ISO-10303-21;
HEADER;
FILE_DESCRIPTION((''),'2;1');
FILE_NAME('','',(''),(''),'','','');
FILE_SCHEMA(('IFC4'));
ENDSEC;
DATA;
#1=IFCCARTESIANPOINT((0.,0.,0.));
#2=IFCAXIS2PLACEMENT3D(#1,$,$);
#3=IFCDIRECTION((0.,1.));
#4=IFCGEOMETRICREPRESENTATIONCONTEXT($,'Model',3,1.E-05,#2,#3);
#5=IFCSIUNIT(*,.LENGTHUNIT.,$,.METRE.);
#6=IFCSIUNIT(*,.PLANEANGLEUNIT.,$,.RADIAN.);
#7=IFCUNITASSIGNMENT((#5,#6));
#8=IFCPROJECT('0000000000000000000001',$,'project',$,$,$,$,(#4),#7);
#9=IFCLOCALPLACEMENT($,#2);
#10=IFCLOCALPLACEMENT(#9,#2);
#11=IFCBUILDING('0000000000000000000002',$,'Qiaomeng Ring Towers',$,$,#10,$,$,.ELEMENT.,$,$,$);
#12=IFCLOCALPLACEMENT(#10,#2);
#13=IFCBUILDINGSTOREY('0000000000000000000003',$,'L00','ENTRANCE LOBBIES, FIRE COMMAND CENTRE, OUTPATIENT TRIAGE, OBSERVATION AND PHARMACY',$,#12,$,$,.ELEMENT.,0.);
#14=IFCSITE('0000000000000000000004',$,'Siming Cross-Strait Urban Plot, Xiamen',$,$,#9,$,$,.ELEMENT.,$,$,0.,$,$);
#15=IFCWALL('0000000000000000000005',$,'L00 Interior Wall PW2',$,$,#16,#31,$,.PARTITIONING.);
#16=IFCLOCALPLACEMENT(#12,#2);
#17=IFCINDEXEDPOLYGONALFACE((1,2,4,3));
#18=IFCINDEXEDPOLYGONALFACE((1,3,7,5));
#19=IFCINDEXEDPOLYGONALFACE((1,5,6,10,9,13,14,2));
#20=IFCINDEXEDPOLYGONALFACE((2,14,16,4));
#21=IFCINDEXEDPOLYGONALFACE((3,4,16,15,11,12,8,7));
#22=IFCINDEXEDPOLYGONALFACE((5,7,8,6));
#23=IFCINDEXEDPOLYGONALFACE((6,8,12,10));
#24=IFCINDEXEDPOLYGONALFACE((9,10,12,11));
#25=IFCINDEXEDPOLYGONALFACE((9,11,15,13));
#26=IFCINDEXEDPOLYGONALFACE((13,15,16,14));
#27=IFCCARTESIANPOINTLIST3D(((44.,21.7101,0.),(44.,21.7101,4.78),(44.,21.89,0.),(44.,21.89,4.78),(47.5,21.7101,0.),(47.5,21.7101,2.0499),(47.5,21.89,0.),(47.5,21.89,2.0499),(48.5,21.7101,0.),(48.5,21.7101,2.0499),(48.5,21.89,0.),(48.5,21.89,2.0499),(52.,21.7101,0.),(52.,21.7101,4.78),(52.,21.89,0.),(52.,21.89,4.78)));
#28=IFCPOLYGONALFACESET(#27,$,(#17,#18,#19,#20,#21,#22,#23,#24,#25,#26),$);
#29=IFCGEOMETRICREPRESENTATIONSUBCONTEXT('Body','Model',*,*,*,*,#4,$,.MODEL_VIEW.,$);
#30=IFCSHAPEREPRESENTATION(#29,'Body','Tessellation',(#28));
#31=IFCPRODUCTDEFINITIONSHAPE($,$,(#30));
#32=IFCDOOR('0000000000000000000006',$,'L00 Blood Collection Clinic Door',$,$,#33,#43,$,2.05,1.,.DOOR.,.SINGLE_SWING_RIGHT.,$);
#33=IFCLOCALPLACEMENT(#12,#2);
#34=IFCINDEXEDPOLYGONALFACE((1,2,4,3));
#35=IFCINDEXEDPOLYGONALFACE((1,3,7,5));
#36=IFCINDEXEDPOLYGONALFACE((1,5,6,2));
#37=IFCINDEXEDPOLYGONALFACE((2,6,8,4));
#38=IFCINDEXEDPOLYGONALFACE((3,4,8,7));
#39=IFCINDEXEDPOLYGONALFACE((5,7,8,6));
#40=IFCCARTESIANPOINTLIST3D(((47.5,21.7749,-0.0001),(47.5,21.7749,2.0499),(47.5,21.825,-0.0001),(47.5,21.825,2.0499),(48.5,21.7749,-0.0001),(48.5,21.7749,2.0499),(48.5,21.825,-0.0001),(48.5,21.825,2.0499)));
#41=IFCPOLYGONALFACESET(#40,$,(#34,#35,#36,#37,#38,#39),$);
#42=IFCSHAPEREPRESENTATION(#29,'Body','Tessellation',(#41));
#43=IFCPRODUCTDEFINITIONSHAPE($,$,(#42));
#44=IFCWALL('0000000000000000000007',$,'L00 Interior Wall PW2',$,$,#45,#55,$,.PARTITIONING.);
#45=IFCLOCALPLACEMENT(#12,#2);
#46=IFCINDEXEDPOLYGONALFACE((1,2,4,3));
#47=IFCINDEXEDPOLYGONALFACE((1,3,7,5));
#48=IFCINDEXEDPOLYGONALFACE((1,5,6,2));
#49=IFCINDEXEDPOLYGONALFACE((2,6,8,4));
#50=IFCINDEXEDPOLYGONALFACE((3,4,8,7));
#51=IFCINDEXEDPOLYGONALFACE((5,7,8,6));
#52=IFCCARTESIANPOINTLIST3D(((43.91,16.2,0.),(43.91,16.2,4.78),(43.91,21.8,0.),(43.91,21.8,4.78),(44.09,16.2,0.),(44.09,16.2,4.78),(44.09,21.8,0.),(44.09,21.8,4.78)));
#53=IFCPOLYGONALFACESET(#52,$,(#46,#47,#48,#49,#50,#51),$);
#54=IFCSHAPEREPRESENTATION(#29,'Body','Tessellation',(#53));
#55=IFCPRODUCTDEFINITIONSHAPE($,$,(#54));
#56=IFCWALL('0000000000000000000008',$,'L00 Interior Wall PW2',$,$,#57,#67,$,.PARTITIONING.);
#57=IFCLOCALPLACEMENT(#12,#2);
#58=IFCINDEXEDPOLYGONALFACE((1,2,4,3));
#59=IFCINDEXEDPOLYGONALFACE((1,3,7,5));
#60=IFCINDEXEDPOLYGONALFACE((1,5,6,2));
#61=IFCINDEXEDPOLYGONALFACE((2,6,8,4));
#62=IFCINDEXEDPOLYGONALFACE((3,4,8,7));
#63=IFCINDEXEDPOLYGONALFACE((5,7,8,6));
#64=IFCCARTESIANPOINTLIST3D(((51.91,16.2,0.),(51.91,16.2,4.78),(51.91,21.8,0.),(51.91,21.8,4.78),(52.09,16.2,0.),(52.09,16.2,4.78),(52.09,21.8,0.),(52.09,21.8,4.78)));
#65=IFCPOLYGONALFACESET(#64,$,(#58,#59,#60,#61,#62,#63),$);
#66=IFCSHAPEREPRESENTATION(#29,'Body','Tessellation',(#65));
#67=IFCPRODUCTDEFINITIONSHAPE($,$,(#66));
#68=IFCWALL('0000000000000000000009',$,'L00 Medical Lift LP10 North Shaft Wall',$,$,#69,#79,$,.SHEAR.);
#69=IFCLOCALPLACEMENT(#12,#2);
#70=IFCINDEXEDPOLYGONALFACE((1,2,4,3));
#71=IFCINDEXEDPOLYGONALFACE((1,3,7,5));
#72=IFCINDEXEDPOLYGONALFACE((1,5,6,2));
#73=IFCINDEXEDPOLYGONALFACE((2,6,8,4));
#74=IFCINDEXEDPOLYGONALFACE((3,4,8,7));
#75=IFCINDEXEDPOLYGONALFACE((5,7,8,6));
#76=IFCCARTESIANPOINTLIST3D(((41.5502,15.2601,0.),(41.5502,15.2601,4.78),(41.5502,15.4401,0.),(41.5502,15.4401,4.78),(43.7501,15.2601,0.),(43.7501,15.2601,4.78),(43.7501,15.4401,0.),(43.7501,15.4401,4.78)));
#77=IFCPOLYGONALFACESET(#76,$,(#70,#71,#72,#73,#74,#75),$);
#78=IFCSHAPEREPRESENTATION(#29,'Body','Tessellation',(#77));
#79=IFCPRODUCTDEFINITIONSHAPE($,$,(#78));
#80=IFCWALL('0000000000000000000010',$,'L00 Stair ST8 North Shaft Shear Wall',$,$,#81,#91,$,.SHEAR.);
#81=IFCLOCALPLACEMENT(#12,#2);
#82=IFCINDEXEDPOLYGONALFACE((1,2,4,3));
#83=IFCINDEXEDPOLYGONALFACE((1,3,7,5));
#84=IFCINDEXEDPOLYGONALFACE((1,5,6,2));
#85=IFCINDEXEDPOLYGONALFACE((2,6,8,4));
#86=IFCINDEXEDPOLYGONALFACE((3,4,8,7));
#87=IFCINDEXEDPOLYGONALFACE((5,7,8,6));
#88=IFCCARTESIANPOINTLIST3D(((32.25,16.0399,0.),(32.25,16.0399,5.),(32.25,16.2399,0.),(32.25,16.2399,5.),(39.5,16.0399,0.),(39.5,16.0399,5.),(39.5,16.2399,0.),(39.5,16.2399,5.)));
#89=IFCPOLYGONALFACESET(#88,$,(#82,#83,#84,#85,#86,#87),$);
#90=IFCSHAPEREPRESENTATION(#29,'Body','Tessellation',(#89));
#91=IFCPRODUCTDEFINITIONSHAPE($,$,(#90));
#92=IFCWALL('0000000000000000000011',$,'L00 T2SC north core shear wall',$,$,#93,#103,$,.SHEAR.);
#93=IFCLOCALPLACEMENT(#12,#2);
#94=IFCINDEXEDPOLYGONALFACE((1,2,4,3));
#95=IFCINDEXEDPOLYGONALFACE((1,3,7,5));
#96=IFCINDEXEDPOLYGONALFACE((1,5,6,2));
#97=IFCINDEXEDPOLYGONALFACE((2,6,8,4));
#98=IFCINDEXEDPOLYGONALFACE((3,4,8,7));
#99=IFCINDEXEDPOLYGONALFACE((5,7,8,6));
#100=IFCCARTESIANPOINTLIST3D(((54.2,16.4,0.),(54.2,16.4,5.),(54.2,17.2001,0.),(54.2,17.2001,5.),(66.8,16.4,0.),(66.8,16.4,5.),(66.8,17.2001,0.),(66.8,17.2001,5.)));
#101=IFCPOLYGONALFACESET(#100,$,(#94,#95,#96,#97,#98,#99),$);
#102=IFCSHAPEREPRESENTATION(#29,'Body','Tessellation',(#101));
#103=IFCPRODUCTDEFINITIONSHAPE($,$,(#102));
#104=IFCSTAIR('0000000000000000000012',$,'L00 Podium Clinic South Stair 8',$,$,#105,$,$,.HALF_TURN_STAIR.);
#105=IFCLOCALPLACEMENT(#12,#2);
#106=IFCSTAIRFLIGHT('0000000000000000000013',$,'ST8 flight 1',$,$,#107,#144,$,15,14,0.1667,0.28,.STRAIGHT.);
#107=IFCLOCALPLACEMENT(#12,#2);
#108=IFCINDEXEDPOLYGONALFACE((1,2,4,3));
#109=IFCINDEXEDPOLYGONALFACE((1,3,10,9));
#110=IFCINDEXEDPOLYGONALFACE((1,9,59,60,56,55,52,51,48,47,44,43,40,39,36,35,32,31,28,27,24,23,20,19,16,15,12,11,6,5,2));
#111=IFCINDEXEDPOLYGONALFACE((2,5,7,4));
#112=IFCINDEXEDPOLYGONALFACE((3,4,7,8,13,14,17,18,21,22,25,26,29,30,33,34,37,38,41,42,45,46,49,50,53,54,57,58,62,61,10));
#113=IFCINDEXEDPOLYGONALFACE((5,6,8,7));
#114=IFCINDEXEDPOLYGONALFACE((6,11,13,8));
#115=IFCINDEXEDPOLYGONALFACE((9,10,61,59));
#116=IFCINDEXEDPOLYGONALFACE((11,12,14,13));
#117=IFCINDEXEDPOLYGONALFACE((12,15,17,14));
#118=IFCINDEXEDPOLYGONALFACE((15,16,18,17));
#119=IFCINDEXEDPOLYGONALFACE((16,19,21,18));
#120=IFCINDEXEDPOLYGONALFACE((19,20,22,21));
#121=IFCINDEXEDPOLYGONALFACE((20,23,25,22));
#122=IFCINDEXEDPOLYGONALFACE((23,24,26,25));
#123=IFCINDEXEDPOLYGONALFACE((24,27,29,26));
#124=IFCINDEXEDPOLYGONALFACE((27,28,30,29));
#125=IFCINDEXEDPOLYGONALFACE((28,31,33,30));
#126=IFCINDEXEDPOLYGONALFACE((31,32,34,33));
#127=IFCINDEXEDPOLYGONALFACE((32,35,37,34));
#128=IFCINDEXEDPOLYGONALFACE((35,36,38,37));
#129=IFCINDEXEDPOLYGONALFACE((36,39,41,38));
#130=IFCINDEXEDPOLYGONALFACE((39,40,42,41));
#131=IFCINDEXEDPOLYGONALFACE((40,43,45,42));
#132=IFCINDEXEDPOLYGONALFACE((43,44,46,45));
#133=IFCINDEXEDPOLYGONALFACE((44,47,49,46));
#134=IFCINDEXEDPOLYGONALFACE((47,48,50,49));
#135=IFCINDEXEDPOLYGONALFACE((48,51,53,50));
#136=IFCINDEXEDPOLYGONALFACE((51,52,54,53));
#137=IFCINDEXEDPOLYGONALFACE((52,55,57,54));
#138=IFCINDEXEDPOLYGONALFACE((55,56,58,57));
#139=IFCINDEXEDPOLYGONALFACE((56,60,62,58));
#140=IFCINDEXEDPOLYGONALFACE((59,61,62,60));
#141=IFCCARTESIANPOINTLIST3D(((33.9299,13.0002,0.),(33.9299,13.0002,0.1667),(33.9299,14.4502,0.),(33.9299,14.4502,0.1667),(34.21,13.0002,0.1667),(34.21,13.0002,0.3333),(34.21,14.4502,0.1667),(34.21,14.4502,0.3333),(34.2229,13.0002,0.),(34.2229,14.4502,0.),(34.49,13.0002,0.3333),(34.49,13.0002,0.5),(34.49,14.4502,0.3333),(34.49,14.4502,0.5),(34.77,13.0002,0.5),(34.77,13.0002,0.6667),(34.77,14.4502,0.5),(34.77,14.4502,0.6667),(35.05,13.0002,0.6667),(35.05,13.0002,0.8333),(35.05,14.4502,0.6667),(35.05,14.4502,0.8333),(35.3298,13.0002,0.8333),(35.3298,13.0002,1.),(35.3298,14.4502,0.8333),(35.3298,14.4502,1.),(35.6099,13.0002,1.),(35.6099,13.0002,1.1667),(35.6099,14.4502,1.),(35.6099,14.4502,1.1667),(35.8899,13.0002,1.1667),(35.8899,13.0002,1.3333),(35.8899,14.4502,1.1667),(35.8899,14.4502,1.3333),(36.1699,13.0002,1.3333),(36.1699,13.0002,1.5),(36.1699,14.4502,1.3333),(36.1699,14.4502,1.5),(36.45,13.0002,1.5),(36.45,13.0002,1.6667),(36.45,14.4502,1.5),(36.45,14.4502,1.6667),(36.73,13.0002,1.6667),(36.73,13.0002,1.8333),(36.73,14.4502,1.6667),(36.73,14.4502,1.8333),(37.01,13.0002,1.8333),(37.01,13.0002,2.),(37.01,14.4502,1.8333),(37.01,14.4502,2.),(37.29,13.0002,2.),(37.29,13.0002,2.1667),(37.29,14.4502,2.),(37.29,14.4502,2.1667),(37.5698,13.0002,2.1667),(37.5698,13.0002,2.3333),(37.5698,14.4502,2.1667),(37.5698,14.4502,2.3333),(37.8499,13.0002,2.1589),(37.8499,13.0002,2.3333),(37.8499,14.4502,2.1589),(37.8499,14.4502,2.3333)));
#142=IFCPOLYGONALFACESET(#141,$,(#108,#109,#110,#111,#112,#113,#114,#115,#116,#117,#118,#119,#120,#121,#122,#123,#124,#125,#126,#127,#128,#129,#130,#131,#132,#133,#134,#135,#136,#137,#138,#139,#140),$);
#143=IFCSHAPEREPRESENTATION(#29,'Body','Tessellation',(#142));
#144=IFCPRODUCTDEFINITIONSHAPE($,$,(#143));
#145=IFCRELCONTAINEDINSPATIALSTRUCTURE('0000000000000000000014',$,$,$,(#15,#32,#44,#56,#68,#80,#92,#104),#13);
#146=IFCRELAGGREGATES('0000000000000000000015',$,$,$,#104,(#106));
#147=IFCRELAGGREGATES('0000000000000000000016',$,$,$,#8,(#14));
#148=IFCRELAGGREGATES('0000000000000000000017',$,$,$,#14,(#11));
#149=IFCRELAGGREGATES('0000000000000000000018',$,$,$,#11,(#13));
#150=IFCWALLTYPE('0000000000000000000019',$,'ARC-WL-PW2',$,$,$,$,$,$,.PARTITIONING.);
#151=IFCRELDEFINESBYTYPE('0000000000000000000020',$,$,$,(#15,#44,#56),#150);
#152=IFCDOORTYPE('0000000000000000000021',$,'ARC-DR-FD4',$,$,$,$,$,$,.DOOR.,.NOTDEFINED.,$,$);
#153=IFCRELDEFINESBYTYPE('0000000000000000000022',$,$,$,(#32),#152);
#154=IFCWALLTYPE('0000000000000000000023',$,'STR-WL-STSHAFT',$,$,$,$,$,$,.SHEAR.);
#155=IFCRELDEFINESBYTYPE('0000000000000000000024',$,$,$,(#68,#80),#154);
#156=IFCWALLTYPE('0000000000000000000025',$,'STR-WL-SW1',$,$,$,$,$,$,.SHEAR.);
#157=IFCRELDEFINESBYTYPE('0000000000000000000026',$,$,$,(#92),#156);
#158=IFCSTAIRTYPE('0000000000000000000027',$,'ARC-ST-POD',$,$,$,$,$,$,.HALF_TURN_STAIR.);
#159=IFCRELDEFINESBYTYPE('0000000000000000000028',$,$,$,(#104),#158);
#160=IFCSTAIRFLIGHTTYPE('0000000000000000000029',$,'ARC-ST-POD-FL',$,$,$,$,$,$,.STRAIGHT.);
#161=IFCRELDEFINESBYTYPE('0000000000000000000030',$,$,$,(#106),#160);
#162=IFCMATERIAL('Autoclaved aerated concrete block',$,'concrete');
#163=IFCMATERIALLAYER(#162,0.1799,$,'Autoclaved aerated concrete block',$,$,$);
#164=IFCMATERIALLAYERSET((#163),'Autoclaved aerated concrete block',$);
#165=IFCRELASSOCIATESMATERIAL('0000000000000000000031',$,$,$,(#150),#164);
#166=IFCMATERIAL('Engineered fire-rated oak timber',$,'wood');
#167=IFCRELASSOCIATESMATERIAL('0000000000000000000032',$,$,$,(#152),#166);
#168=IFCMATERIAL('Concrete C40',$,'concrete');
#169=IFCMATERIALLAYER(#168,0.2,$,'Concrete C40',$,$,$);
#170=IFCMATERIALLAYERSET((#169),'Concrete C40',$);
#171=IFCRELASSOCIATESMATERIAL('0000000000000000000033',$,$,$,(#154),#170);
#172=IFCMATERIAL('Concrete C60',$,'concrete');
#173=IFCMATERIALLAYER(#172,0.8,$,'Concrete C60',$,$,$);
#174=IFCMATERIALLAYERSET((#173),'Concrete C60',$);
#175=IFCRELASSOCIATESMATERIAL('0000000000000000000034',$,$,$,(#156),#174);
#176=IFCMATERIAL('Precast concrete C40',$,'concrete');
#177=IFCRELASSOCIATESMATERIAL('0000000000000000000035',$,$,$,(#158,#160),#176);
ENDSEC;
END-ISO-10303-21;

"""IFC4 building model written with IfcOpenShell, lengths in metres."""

from ifc_helpers import new_model, si_unit, direction, frame, frame_2d, origin, place, context, subcontext, project, spatial, polyline, rectangle, outline, extrude, source, transform, mapped, material, layer, layer_set, type_object, element, fill, aggregate, save


model = new_model("IFC4")

# Units and contexts
model_context = context("Model", 3, precision=1e-05, world=origin(), true_north=direction((0.0, 1.0)))
body_context = subcontext(model_context, "Body", "Model", "MODEL_VIEW")
ifc_project = project(units=[si_unit("LENGTHUNIT", "METRE"), si_unit("PLANEANGLEUNIT", "RADIAN")], contexts=[model_context])

# Site, building, storey
site_placement = place(None, origin())
site = spatial("IfcSite", under=ifc_project, at=site_placement, Name="Siming Cross-Strait Urban Plot, Xiamen", CompositionType="ELEMENT", RefElevation=0.0)
building_placement = place(site_placement, origin())
building = spatial("IfcBuilding", under=site, at=building_placement, Name="Qiaomeng Ring Towers", CompositionType="ELEMENT")
storey_placement = place(building_placement, origin())
storey = spatial("IfcBuildingStorey", under=building, at=storey_placement, Name="L00", Description="ENTRANCE LOBBIES, FIRE COMMAND CENTRE, OUTPATIENT TRIAGE, OBSERVATION AND PHARMACY", CompositionType="ELEMENT", Elevation=0.0)

# Shared definitions
ifc_material_1 = material(Name="Concrete C60", Category="concrete")

# Shared definitions
ifc_material_2 = material(Name="Autoclaved aerated concrete block", Category="concrete")

# Shared definitions
ifc_layer_1 = layer(ifc_material_2, 0.1799, Name="Autoclaved aerated concrete block")
ifc_layer_set_1 = layer_set([ifc_layer_1], Name="Autoclaved aerated concrete block")
wall_type_1 = type_object("IfcWallType", Name="ARC-WL-PW2", PredefinedType="PARTITIONING", material=ifc_layer_set_1)
ifc_material_3 = material(Name="Engineered fire-rated oak timber", Category="wood")
door_type = type_object("IfcDoorType", Name="ARC-DR-FD4", OperationType="NOTDEFINED", PredefinedType="DOOR", material=ifc_material_3)
shared_shape_1 = source(origin(), body_context, "Body", "SweptSolid", [
    extrude(rectangle(XDim=1.0, YDim=2.05, at=frame_2d((0.5, 1.0249))), frame((0.0, 0.0249, 0.0), z_axis=(0.0, -1.0, 0.0), x_axis=(1.0, 0.0, 0.0)), (0.0, 0.0, 1.0), 0.05),
])

# Wall, opening, door
wall_1_placement = place(storey_placement, frame((44.0, 21.8, 0.0), z_axis=(0.0, 0.0, 1.0), x_axis=(1.0, 0.0, 0.0)))
wall_1 = element("IfcWall", 1, at=wall_1_placement, inside=storey, type_object=wall_type_1, Name="L00 Interior Wall PW2", PredefinedType="PARTITIONING", context=body_context, shape_type="SweptSolid", body=[
    extrude(rectangle(XDim=8.0, YDim=0.1799, at=frame_2d((4.0, 0.0))), origin(), (0.0, 0.0, 1.0), 4.78),
])
opening_1_placement = place(wall_1_placement, frame((3.5, 0.0, 0.0)))
opening_1 = element("IfcOpeningElement", 2, at=opening_1_placement, cuts=wall_1, PredefinedType="OPENING", context=body_context, shape_type="SweptSolid", body=[
    extrude(rectangle(XDim=1.0, YDim=2.05, at=frame_2d((0.5, 1.0249))), frame((0.0, 0.0999, 0.0), z_axis=(0.0, -1.0, 0.0), x_axis=(1.0, 0.0, 0.0)), (0.0, 0.0, 1.0), 0.2),
])
door_1_placement = place(opening_1_placement, origin())
door_1 = element("IfcDoor", 3, at=door_1_placement, inside=storey, type_object=door_type, Name="L00 Blood Collection Clinic Door", OperationType="SINGLE_SWING_RIGHT", OverallHeight=2.05, OverallWidth=1.0, PredefinedType="DOOR", context=body_context, shape_type="MappedRepresentation", body=[
    mapped(shared_shape_1, transform((0.0, 0.0, 0.0), x_axis=(1.0, 0.0, 0.0), y_axis=(0.0, 1.0, 0.0), z_axis=(0.0, 0.0, 1.0), scale=1.0)),
])
fill(opening_1, door_1)

# Walls
for number, where, z_axis, x_axis, name in (
    (4, (44.0, 16.2, 0.0), (0.0, 0.0, 1.0), (0.0, 1.0, 0.0), "L00 Interior Wall PW2"),
    (5, (52.0, 16.2, 0.0), (0.0, 0.0, 1.0), (0.0, 1.0, 0.0), "L00 Interior Wall PW2"),
):
    element("IfcWall", number, at=place(storey_placement, frame(where, z_axis=z_axis, x_axis=x_axis)), inside=storey, type_object=wall_type_1, Name=name, PredefinedType="PARTITIONING", context=body_context, shape_type="SweptSolid", body=[
        extrude(rectangle(XDim=5.6001, YDim=0.1799, at=frame_2d((2.8, 0.0))), origin(), (0.0, 0.0, 1.0), 4.78),
    ])
ifc_material_4 = material(Name="Concrete C40", Category="concrete")
ifc_layer_2 = layer(ifc_material_4, 0.2, Name="Concrete C40")
ifc_layer_set_2 = layer_set([ifc_layer_2], Name="Concrete C40")
wall_type_2 = type_object("IfcWallType", Name="STR-WL-STSHAFT", PredefinedType="SHEAR", material=ifc_layer_set_2)
wall_2_placement = place(storey_placement, frame((41.55, 15.3501, 0.0), z_axis=(0.0, 0.0, 1.0), x_axis=(1.0, 0.0, 0.0)))
element("IfcWall", 6, at=wall_2_placement, inside=storey, type_object=wall_type_2, Name="L00 Medical Lift LP10 North Shaft Wall", PredefinedType="SHEAR", context=body_context, shape_type="SweptSolid", body=[
    extrude(rectangle(XDim=2.2, YDim=0.1799, at=frame_2d((1.1001, 0.0))), origin(), (0.0, 0.0, 1.0), 4.78),
])
wall_3_placement = place(storey_placement, frame((32.25, 16.1399, 0.0), z_axis=(0.0, 0.0, 1.0), x_axis=(1.0, 0.0, 0.0)))
element("IfcWall", 7, at=wall_3_placement, inside=storey, type_object=wall_type_2, Name="L00 Stair ST8 North Shaft Shear Wall", PredefinedType="SHEAR", context=body_context, shape_type="SweptSolid", body=[
    extrude(rectangle(XDim=7.25, YDim=0.2, at=frame_2d((3.625, 0.0))), origin(), (0.0, 0.0, 1.0), 5.0),
])
ifc_layer_3 = layer(ifc_material_1, 0.8, Name="Concrete C60")
ifc_layer_set_3 = layer_set([ifc_layer_3], Name="Concrete C60")
wall_type_3 = type_object("IfcWallType", Name="STR-WL-SW1", PredefinedType="SHEAR", material=ifc_layer_set_3)
wall_4_placement = place(storey_placement, frame((54.2, 16.8, 0.0), z_axis=(0.0, 0.0, 1.0), x_axis=(1.0, 0.0, 0.0)))
element("IfcWall", 8, at=wall_4_placement, inside=storey, type_object=wall_type_3, Name="L00 T2SC north core shear wall", PredefinedType="SHEAR", context=body_context, shape_type="SweptSolid", body=[
    extrude(rectangle(XDim=12.6001, YDim=0.8, at=frame_2d((6.3, 0.0))), origin(), (0.0, 0.0, 1.0), 5.0),
])

# Stair, stair flight
ifc_material_5 = material(Name="Precast concrete C40", Category="concrete")
stair_type = type_object("IfcStairType", Name="ARC-ST-POD", PredefinedType="HALF_TURN_STAIR", material=ifc_material_5)
stair_placement = place(storey_placement, origin())
stair = element("IfcStair", 9, at=stair_placement, inside=storey, type_object=stair_type, Name="L00 Podium Clinic South Stair 8", PredefinedType="HALF_TURN_STAIR")
stair_flight_type = type_object("IfcStairFlightType", Name="ARC-ST-POD-FL", PredefinedType="STRAIGHT", material=ifc_material_5)
shared_shape_2 = source(origin(), body_context, "Body", "SweptSolid", [
    extrude(outline(polyline([(0.0, 0.0), (0.0, 0.1667), (0.28, 0.1667), (0.28, 0.3333), (0.5601, 0.3333), (0.5601, 0.5), (0.8401, 0.5), (0.8401, 0.6667), (1.1201, 0.6667), (1.1201, 0.8333), (1.3999, 0.8333), (1.3999, 1.0), (1.6799, 1.0), (1.6799, 1.1667), (1.96, 1.1667), (1.96, 1.3333), (2.24, 1.3333), (2.24, 1.5), (2.52, 1.5), (2.52, 1.6667), (2.8, 1.6667), (2.8, 1.8333), (3.0801, 1.8333), (3.0801, 2.0), (3.3601, 2.0), (3.3601, 2.1667), (3.6399, 2.1667), (3.6399, 2.3333), (3.9199, 2.3333), (3.9199, 2.5), (3.9199, 2.1589), (0.293, 0.0), (0.0, 0.0)])), frame((0.0, 0.7251, 0.0), z_axis=(0.0, -1.0, 0.0), x_axis=(1.0, 0.0, 0.0)), (0.0, 0.0, 1.0), 1.45),
])
stair_flight_1_placement = place(storey_placement, frame((33.9299, 13.7251, 0.0), z_axis=(0.0, 0.0, 1.0), x_axis=(1.0, 0.0, 0.0)))
stair_flight_1 = element("IfcStairFlight", 10, at=stair_flight_1_placement, type_object=stair_flight_type, Name="ST8 flight 1", NumberOfRisers=15, NumberOfTreads=14, PredefinedType="STRAIGHT", RiserHeight=0.1667, TreadLength=0.28, context=body_context, shape_type="MappedRepresentation", body=[
    mapped(shared_shape_2, transform((0.0, 0.0, 0.0), x_axis=(1.0, 0.0, 0.0), y_axis=(0.0, 1.0, 0.0), z_axis=(0.0, 0.0, 1.0), scale=1.0)),
])
aggregate(stair, [stair_flight_1])

save(model, "model.ifc")
